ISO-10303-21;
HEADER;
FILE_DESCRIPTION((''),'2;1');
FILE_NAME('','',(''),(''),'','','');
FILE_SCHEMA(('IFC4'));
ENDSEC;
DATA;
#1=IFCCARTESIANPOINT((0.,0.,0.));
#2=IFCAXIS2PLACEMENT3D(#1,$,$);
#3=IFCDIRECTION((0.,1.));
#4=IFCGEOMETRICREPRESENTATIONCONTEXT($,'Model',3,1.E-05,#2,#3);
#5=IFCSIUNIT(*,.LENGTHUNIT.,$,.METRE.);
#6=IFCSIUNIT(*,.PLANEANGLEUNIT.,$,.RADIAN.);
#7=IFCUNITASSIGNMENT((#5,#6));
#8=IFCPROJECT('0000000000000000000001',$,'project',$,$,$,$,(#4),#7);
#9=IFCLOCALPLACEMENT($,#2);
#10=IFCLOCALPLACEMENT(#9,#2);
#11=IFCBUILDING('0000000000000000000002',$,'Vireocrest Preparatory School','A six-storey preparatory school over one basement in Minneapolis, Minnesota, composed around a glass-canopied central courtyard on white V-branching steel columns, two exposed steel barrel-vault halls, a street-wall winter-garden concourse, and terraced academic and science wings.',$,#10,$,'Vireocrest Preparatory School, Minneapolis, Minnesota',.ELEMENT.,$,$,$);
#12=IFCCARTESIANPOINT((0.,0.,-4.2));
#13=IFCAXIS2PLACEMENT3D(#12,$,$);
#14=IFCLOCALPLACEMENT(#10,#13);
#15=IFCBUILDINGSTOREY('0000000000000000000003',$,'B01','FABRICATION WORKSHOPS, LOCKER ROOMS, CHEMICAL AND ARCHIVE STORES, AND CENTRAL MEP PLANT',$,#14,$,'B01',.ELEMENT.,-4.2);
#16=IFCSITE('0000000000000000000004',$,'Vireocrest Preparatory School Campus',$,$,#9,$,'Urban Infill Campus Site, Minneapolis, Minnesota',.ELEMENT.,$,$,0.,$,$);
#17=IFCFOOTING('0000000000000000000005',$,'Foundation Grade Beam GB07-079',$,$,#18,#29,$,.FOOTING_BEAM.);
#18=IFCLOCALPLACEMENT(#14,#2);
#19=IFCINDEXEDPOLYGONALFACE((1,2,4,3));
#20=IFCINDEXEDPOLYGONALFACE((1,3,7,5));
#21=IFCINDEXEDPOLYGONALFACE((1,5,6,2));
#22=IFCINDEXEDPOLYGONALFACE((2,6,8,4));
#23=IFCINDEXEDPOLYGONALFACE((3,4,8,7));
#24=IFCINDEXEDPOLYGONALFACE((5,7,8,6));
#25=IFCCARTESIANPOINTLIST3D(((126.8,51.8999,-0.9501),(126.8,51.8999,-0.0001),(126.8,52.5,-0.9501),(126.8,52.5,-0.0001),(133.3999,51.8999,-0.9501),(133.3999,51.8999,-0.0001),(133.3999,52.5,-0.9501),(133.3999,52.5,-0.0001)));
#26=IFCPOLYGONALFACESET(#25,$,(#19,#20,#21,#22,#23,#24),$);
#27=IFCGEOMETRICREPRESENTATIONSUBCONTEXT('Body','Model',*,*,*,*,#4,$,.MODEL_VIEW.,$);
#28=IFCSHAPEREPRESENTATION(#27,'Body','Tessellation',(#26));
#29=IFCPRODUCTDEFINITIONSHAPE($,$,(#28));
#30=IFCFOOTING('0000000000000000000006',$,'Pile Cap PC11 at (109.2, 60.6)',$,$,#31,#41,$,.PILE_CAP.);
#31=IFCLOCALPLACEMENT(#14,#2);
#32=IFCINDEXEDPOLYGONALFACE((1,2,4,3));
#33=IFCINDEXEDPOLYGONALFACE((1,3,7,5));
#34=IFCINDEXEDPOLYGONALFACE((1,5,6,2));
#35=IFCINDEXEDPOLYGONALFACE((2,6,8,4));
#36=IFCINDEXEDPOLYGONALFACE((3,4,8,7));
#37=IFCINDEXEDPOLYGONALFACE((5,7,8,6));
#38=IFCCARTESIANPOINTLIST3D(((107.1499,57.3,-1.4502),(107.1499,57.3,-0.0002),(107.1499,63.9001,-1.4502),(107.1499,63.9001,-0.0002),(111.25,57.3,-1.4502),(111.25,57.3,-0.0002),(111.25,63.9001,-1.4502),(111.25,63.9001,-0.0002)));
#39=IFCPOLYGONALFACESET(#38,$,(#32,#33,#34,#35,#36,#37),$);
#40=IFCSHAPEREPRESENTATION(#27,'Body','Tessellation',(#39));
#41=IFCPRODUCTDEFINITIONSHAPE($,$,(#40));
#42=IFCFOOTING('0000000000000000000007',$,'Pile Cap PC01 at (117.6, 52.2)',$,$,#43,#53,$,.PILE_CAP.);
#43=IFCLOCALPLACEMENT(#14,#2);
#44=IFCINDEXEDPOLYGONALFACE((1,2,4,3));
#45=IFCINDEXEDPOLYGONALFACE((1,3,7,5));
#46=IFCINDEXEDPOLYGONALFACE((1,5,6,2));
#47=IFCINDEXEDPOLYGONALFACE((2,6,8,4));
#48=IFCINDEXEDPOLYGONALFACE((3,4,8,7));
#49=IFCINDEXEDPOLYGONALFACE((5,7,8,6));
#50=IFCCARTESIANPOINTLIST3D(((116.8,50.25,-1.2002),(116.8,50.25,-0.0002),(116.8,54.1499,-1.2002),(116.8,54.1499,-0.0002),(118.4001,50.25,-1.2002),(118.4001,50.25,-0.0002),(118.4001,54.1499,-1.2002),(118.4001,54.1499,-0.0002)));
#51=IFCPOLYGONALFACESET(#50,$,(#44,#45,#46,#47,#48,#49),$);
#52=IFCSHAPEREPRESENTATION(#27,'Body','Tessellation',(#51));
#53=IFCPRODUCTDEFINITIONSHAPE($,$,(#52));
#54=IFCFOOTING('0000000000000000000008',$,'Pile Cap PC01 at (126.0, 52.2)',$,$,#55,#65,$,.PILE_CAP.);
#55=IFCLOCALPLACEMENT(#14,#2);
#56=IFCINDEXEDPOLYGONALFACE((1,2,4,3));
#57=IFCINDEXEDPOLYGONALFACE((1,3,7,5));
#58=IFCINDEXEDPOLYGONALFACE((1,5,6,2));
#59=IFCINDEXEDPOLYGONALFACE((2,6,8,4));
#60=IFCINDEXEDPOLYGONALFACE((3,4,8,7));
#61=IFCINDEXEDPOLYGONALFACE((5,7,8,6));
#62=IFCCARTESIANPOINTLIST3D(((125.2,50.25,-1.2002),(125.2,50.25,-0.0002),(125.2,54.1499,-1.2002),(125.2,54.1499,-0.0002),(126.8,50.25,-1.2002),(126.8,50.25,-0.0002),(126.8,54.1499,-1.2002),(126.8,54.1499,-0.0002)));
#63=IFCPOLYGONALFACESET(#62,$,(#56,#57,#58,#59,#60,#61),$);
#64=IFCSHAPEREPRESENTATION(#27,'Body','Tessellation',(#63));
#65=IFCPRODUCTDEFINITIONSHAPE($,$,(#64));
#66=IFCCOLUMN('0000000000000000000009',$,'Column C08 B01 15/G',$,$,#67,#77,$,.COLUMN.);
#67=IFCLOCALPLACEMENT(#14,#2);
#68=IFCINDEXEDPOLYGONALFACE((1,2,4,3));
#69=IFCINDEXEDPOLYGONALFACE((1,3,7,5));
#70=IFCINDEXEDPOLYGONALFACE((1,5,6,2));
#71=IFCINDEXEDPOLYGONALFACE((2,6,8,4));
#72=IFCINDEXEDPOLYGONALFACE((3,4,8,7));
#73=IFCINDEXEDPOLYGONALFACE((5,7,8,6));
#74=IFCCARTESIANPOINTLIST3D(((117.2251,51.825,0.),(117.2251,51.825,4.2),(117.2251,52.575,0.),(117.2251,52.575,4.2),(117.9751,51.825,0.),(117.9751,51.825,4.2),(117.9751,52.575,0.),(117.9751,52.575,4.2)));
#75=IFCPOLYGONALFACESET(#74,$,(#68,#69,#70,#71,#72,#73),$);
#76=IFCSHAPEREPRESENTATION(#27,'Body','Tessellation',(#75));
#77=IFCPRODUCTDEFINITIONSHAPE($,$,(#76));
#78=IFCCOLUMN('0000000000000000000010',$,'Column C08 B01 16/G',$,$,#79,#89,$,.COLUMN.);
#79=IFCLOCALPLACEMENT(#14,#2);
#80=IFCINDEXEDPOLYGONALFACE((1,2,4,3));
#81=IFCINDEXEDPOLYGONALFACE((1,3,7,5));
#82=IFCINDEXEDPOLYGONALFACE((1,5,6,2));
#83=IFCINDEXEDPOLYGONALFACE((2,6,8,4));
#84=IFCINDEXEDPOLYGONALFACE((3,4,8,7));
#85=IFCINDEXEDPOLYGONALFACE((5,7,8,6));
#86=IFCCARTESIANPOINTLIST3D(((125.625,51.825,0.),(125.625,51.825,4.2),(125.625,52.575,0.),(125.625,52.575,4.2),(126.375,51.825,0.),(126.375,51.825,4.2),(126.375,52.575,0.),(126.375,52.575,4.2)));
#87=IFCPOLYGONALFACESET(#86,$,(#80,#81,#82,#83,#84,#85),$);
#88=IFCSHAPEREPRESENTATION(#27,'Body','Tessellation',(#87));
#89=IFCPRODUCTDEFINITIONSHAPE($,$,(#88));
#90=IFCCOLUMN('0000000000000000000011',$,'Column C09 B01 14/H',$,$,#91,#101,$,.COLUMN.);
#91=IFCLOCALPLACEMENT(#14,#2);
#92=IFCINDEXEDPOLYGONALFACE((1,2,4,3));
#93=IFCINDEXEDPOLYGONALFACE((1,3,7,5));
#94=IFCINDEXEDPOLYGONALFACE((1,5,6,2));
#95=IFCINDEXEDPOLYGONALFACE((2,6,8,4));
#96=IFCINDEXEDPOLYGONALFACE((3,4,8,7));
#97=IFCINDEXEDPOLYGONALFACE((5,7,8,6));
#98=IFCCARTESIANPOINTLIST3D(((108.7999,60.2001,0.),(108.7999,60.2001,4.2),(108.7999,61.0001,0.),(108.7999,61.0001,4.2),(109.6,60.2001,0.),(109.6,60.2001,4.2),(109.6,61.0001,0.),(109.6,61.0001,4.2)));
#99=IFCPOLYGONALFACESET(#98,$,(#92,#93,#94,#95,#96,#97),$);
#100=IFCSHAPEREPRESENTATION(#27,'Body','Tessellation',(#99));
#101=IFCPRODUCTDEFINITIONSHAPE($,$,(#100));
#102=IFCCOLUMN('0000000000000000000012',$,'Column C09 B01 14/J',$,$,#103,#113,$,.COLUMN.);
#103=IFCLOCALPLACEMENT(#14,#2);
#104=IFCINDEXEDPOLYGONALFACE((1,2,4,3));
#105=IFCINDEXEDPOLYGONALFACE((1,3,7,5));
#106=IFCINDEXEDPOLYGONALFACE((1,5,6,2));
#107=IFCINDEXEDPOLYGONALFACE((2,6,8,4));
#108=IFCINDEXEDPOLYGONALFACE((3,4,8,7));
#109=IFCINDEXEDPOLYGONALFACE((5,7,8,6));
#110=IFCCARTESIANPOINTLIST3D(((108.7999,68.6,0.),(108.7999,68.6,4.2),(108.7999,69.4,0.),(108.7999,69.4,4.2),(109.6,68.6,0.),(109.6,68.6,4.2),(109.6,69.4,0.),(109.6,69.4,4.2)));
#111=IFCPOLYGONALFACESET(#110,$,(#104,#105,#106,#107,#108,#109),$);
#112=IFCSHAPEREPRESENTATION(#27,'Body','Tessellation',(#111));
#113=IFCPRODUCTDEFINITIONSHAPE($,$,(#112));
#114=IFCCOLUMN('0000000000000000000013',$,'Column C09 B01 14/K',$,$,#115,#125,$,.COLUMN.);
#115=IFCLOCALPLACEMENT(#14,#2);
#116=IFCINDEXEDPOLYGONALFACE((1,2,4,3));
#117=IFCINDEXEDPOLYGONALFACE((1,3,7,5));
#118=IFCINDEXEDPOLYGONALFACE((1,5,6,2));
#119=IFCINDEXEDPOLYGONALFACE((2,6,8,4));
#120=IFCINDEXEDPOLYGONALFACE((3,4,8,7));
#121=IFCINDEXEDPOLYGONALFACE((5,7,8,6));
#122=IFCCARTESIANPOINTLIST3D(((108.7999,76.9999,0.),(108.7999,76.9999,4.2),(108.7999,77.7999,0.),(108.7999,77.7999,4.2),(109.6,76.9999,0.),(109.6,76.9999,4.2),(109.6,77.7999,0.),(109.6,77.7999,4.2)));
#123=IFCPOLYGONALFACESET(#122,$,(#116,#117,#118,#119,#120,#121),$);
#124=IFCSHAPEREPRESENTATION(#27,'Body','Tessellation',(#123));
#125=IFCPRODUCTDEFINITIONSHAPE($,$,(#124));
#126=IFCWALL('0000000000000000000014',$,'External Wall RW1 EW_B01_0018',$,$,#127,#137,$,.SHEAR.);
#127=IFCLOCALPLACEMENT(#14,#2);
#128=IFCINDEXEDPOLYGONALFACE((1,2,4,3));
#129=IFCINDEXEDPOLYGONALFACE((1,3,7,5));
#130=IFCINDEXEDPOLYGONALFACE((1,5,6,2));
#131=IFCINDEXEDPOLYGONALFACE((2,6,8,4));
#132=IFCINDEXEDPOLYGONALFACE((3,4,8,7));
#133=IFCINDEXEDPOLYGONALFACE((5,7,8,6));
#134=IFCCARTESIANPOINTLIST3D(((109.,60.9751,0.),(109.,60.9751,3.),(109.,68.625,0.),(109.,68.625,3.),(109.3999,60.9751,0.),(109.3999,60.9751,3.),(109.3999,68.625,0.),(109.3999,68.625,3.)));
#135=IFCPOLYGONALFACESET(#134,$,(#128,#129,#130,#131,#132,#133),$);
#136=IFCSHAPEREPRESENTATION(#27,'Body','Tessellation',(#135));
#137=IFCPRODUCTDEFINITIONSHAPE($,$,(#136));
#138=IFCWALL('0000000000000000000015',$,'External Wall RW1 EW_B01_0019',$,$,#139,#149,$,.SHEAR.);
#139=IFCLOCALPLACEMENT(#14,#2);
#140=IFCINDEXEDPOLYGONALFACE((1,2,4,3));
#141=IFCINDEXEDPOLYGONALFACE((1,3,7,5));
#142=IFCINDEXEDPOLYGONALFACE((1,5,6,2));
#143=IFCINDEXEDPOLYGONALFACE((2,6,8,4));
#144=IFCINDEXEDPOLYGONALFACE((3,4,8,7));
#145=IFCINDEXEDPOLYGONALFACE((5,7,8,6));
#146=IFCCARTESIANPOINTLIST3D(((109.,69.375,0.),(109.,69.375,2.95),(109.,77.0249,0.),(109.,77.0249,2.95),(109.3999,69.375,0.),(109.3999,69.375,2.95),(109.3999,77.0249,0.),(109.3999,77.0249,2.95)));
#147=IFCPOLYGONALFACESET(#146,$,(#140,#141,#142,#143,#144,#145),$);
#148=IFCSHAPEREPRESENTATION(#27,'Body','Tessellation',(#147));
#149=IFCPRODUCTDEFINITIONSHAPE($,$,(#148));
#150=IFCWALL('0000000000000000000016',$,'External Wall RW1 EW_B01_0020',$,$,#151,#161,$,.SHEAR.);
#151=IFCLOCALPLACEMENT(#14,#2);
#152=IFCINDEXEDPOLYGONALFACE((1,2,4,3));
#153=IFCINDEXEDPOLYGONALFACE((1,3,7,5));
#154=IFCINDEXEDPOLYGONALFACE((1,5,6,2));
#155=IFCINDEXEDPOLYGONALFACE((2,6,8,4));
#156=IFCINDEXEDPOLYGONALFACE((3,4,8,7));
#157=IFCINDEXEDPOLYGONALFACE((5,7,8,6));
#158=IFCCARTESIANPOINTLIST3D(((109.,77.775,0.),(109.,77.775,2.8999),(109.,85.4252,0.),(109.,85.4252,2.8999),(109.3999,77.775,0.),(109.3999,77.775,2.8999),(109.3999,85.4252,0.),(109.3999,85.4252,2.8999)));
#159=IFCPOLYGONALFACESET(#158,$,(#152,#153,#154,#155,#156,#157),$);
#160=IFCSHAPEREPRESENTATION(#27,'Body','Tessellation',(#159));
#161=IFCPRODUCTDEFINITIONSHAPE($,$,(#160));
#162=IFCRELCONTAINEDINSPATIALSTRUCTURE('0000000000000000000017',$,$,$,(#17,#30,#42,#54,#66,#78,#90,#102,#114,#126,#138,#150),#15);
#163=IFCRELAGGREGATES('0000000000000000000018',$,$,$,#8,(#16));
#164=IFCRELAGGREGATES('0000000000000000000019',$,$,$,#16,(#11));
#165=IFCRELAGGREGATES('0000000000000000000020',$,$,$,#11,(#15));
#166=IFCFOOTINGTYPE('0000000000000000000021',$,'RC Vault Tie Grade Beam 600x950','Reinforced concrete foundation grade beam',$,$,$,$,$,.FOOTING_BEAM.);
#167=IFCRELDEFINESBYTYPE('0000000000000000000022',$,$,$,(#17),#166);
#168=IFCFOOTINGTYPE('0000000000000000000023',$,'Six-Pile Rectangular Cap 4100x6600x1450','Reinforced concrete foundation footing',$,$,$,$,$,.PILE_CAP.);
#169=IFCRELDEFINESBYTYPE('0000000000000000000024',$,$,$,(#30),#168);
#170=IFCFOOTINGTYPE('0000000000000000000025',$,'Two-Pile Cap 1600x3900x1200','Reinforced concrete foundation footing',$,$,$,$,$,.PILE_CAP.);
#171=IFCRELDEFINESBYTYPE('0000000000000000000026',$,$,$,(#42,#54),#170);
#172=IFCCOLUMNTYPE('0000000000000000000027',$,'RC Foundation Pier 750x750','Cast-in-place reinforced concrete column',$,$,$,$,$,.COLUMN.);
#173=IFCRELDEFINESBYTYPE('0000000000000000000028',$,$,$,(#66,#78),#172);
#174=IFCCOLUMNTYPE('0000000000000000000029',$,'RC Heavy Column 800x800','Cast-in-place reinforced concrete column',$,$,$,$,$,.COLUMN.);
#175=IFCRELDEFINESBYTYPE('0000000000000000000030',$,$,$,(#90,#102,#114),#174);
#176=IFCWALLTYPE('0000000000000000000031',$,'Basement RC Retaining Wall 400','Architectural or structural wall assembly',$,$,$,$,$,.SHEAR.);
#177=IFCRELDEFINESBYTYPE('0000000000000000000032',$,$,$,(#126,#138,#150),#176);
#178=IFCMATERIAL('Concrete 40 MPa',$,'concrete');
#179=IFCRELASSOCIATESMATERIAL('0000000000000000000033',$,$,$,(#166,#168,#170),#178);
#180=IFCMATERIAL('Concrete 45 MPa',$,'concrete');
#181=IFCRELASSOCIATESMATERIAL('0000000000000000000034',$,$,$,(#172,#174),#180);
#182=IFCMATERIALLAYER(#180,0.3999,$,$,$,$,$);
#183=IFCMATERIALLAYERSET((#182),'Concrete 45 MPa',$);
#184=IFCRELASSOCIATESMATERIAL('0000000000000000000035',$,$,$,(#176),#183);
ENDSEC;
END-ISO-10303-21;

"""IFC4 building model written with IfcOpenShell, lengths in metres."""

from ifc_helpers import new_model, si_unit, direction, frame, frame_2d, origin, origin_2d, place, context, subcontext, project, spatial, rectangle, extrude, material, layer, layer_set, material_profile, profile_set, type_object, element, save


model = new_model("IFC4")

# Units and contexts
model_context = context("Model", 3, precision=1e-05, world=origin(), true_north=direction((0.0, 1.0)))
body_context = subcontext(model_context, "Body", "Model", "MODEL_VIEW")
ifc_project = project(units=[si_unit("LENGTHUNIT", "METRE"), si_unit("PLANEANGLEUNIT", "RADIAN")], contexts=[model_context])

# Site, building, storey
site_placement = place(None, origin())
site = spatial("IfcSite", under=ifc_project, at=site_placement, Name="Vireocrest Preparatory School Campus", LongName="Urban Infill Campus Site, Minneapolis, Minnesota", CompositionType="ELEMENT", RefElevation=0.0)
building_placement = place(site_placement, origin())
building = spatial("IfcBuilding", under=site, at=building_placement, Name="Vireocrest Preparatory School", Description="A six-storey preparatory school over one basement in Minneapolis, Minnesota, composed around a glass-canopied central courtyard on white V-branching steel columns, two exposed steel barrel-vault halls, a street-wall winter-garden concourse, and terraced academic and science wings.", LongName="Vireocrest Preparatory School, Minneapolis, Minnesota", CompositionType="ELEMENT")
storey_placement = place(building_placement, frame((0.0, 0.0, -4.2)))
storey = spatial("IfcBuildingStorey", under=building, at=storey_placement, Name="B01", Description="FABRICATION WORKSHOPS, LOCKER ROOMS, CHEMICAL AND ARCHIVE STORES, AND CENTRAL MEP PLANT", LongName="B01", CompositionType="ELEMENT", Elevation=-4.2)

# Shared definitions
ifc_material_1 = material(Name="Concrete 40 MPa", Category="concrete")

# Footings
ifc_material_profile_1 = material_profile(ifc_material_1, rectangle(XDim=0.6001, YDim=0.95, at=origin_2d()), Name="GB 600x950")
ifc_profile_set_1 = profile_set([ifc_material_profile_1], Name="Concrete 40 MPa")
footing_type_1 = type_object("IfcFootingType", Name="RC Vault Tie Grade Beam 600x950", Description="Reinforced concrete foundation grade beam", PredefinedType="FOOTING_BEAM", material=ifc_profile_set_1)
footing_1_placement = place(storey_placement, frame((126.8, 52.2, -0.4751), z_axis=(1.0, 0.0, 0.0), x_axis=(0.0, 1.0, 0.0)))
element("IfcFooting", 1, at=footing_1_placement, inside=storey, type_object=footing_type_1, Name="Foundation Grade Beam GB07-079", PredefinedType="FOOTING_BEAM", context=body_context, shape_type="SweptSolid", body=[
    extrude(rectangle(XDim=0.6001, YDim=0.95, at=origin_2d()), origin(), (0.0, 0.0, 1.0), 6.5999),
])
footing_type_2 = type_object("IfcFootingType", Name="Six-Pile Rectangular Cap 4100x6600x1450", Description="Reinforced concrete foundation footing", PredefinedType="PILE_CAP", material=ifc_material_1)
footing_2_placement = place(storey_placement, frame((109.2, 60.6001, -1.4502), z_axis=(0.0, 0.0, 1.0), x_axis=(1.0, 0.0, 0.0)))
element("IfcFooting", 2, at=footing_2_placement, inside=storey, type_object=footing_type_2, Name="Pile Cap PC11 at (109.2, 60.6)", PredefinedType="PILE_CAP", context=body_context, shape_type="SweptSolid", body=[
    extrude(rectangle(XDim=4.1001, YDim=6.6001, at=origin_2d()), origin(), (0.0, 0.0, 1.0), 1.45),
])
footing_type_3 = type_object("IfcFootingType", Name="Two-Pile Cap 1600x3900x1200", Description="Reinforced concrete foundation footing", PredefinedType="PILE_CAP", material=ifc_material_1)
for number, where, z_axis, x_axis, name in (
    (3, (117.6001, 52.2, -1.2002), (0.0, 0.0, 1.0), (1.0, 0.0, 0.0), "Pile Cap PC01 at (117.6, 52.2)"),
    (4, (126.0, 52.2, -1.2002), (0.0, 0.0, 1.0), (1.0, 0.0, 0.0), "Pile Cap PC01 at (126.0, 52.2)"),
):
    element("IfcFooting", number, at=place(storey_placement, frame(where, z_axis=z_axis, x_axis=x_axis)), inside=storey, type_object=footing_type_3, Name=name, PredefinedType="PILE_CAP", context=body_context, shape_type="SweptSolid", body=[
        extrude(rectangle(XDim=1.6001, YDim=3.8999, at=origin_2d()), origin(), (0.0, 0.0, 1.0), 1.2),
    ])

# Columns
ifc_material_2 = material(Name="Concrete 45 MPa", Category="concrete")
ifc_material_profile_2 = material_profile(ifc_material_2, rectangle(XDim=0.75, YDim=0.75, at=origin_2d()), Name="RC 750x750")
ifc_profile_set_2 = profile_set([ifc_material_profile_2], Name="Concrete 45 MPa")
column_type_1 = type_object("IfcColumnType", Name="RC Foundation Pier 750x750", Description="Cast-in-place reinforced concrete column", PredefinedType="COLUMN", material=ifc_profile_set_2)
for number, where, z_axis, x_axis, name in (
    (5, (117.6001, 52.2, 0.0), (0.0, 0.0, 1.0), (1.0, 0.0, 0.0), "Column C08 B01 15/G"),
    (6, (126.0, 52.2, 0.0), (0.0, 0.0, 1.0), (1.0, 0.0, 0.0), "Column C08 B01 16/G"),
):
    element("IfcColumn", number, at=place(storey_placement, frame(where, z_axis=z_axis, x_axis=x_axis)), inside=storey, type_object=column_type_1, Name=name, PredefinedType="COLUMN", context=body_context, shape_type="SweptSolid", body=[
        extrude(rectangle(XDim=0.75, YDim=0.75, at=origin_2d()), origin(), (0.0, 0.0, 1.0), 4.2),
    ])
ifc_material_profile_3 = material_profile(ifc_material_2, rectangle(XDim=0.8, YDim=0.8, at=origin_2d()), Name="RC 800x800")
ifc_profile_set_3 = profile_set([ifc_material_profile_3], Name="Concrete 45 MPa")
column_type_2 = type_object("IfcColumnType", Name="RC Heavy Column 800x800", Description="Cast-in-place reinforced concrete column", PredefinedType="COLUMN", material=ifc_profile_set_3)
for number, where, z_axis, x_axis, name in (
    (7, (109.2, 60.6001, 0.0), (0.0, 0.0, 1.0), (1.0, 0.0, 0.0), "Column C09 B01 14/H"),
    (8, (109.2, 69.0, 0.0), (0.0, 0.0, 1.0), (1.0, 0.0, 0.0), "Column C09 B01 14/J"),
    (9, (109.2, 77.3999, 0.0), (0.0, 0.0, 1.0), (1.0, 0.0, 0.0), "Column C09 B01 14/K"),
):
    element("IfcColumn", number, at=place(storey_placement, frame(where, z_axis=z_axis, x_axis=x_axis)), inside=storey, type_object=column_type_2, Name=name, PredefinedType="COLUMN", context=body_context, shape_type="SweptSolid", body=[
        extrude(rectangle(XDim=0.8, YDim=0.8, at=origin_2d()), origin(), (0.0, 0.0, 1.0), 4.2),
    ])

# Walls
ifc_layer = layer(ifc_material_2, 0.3999)
ifc_layer_set = layer_set([ifc_layer], Name="Concrete 45 MPa")
wall_type = type_object("IfcWallType", Name="Basement RC Retaining Wall 400", Description="Architectural or structural wall assembly", PredefinedType="SHEAR", material=ifc_layer_set)
wall_1_placement = place(storey_placement, frame((109.2, 60.9751, 0.0), z_axis=(0.0, 0.0, 1.0), x_axis=(0.0, 1.0, 0.0)))
element("IfcWall", 10, at=wall_1_placement, inside=storey, type_object=wall_type, Name="External Wall RW1 EW_B01_0018", PredefinedType="SHEAR", context=body_context, shape_type="SweptSolid", body=[
    extrude(rectangle(XDim=7.6499, YDim=0.3999, at=frame_2d((3.825, 0.0))), origin(), (0.0, 0.0, 1.0), 3.0),
])
wall_2_placement = place(storey_placement, frame((109.2, 69.375, 0.0), z_axis=(0.0, 0.0, 1.0), x_axis=(0.0, 1.0, 0.0)))
element("IfcWall", 11, at=wall_2_placement, inside=storey, type_object=wall_type, Name="External Wall RW1 EW_B01_0019", PredefinedType="SHEAR", context=body_context, shape_type="SweptSolid", body=[
    extrude(rectangle(XDim=7.6499, YDim=0.3999, at=frame_2d((3.825, 0.0))), origin(), (0.0, 0.0, 1.0), 2.95),
])
wall_3_placement = place(storey_placement, frame((109.2, 77.7749, 0.0), z_axis=(0.0, 0.0, 1.0), x_axis=(0.0, 1.0, 0.0)))
element("IfcWall", 12, at=wall_3_placement, inside=storey, type_object=wall_type, Name="External Wall RW1 EW_B01_0020", PredefinedType="SHEAR", context=body_context, shape_type="SweptSolid", body=[
    extrude(rectangle(XDim=7.6501, YDim=0.3999, at=frame_2d((3.8252, 0.0))), origin(), (0.0, 0.0, 1.0), 2.8999),
])

save(model, "model.ifc")
